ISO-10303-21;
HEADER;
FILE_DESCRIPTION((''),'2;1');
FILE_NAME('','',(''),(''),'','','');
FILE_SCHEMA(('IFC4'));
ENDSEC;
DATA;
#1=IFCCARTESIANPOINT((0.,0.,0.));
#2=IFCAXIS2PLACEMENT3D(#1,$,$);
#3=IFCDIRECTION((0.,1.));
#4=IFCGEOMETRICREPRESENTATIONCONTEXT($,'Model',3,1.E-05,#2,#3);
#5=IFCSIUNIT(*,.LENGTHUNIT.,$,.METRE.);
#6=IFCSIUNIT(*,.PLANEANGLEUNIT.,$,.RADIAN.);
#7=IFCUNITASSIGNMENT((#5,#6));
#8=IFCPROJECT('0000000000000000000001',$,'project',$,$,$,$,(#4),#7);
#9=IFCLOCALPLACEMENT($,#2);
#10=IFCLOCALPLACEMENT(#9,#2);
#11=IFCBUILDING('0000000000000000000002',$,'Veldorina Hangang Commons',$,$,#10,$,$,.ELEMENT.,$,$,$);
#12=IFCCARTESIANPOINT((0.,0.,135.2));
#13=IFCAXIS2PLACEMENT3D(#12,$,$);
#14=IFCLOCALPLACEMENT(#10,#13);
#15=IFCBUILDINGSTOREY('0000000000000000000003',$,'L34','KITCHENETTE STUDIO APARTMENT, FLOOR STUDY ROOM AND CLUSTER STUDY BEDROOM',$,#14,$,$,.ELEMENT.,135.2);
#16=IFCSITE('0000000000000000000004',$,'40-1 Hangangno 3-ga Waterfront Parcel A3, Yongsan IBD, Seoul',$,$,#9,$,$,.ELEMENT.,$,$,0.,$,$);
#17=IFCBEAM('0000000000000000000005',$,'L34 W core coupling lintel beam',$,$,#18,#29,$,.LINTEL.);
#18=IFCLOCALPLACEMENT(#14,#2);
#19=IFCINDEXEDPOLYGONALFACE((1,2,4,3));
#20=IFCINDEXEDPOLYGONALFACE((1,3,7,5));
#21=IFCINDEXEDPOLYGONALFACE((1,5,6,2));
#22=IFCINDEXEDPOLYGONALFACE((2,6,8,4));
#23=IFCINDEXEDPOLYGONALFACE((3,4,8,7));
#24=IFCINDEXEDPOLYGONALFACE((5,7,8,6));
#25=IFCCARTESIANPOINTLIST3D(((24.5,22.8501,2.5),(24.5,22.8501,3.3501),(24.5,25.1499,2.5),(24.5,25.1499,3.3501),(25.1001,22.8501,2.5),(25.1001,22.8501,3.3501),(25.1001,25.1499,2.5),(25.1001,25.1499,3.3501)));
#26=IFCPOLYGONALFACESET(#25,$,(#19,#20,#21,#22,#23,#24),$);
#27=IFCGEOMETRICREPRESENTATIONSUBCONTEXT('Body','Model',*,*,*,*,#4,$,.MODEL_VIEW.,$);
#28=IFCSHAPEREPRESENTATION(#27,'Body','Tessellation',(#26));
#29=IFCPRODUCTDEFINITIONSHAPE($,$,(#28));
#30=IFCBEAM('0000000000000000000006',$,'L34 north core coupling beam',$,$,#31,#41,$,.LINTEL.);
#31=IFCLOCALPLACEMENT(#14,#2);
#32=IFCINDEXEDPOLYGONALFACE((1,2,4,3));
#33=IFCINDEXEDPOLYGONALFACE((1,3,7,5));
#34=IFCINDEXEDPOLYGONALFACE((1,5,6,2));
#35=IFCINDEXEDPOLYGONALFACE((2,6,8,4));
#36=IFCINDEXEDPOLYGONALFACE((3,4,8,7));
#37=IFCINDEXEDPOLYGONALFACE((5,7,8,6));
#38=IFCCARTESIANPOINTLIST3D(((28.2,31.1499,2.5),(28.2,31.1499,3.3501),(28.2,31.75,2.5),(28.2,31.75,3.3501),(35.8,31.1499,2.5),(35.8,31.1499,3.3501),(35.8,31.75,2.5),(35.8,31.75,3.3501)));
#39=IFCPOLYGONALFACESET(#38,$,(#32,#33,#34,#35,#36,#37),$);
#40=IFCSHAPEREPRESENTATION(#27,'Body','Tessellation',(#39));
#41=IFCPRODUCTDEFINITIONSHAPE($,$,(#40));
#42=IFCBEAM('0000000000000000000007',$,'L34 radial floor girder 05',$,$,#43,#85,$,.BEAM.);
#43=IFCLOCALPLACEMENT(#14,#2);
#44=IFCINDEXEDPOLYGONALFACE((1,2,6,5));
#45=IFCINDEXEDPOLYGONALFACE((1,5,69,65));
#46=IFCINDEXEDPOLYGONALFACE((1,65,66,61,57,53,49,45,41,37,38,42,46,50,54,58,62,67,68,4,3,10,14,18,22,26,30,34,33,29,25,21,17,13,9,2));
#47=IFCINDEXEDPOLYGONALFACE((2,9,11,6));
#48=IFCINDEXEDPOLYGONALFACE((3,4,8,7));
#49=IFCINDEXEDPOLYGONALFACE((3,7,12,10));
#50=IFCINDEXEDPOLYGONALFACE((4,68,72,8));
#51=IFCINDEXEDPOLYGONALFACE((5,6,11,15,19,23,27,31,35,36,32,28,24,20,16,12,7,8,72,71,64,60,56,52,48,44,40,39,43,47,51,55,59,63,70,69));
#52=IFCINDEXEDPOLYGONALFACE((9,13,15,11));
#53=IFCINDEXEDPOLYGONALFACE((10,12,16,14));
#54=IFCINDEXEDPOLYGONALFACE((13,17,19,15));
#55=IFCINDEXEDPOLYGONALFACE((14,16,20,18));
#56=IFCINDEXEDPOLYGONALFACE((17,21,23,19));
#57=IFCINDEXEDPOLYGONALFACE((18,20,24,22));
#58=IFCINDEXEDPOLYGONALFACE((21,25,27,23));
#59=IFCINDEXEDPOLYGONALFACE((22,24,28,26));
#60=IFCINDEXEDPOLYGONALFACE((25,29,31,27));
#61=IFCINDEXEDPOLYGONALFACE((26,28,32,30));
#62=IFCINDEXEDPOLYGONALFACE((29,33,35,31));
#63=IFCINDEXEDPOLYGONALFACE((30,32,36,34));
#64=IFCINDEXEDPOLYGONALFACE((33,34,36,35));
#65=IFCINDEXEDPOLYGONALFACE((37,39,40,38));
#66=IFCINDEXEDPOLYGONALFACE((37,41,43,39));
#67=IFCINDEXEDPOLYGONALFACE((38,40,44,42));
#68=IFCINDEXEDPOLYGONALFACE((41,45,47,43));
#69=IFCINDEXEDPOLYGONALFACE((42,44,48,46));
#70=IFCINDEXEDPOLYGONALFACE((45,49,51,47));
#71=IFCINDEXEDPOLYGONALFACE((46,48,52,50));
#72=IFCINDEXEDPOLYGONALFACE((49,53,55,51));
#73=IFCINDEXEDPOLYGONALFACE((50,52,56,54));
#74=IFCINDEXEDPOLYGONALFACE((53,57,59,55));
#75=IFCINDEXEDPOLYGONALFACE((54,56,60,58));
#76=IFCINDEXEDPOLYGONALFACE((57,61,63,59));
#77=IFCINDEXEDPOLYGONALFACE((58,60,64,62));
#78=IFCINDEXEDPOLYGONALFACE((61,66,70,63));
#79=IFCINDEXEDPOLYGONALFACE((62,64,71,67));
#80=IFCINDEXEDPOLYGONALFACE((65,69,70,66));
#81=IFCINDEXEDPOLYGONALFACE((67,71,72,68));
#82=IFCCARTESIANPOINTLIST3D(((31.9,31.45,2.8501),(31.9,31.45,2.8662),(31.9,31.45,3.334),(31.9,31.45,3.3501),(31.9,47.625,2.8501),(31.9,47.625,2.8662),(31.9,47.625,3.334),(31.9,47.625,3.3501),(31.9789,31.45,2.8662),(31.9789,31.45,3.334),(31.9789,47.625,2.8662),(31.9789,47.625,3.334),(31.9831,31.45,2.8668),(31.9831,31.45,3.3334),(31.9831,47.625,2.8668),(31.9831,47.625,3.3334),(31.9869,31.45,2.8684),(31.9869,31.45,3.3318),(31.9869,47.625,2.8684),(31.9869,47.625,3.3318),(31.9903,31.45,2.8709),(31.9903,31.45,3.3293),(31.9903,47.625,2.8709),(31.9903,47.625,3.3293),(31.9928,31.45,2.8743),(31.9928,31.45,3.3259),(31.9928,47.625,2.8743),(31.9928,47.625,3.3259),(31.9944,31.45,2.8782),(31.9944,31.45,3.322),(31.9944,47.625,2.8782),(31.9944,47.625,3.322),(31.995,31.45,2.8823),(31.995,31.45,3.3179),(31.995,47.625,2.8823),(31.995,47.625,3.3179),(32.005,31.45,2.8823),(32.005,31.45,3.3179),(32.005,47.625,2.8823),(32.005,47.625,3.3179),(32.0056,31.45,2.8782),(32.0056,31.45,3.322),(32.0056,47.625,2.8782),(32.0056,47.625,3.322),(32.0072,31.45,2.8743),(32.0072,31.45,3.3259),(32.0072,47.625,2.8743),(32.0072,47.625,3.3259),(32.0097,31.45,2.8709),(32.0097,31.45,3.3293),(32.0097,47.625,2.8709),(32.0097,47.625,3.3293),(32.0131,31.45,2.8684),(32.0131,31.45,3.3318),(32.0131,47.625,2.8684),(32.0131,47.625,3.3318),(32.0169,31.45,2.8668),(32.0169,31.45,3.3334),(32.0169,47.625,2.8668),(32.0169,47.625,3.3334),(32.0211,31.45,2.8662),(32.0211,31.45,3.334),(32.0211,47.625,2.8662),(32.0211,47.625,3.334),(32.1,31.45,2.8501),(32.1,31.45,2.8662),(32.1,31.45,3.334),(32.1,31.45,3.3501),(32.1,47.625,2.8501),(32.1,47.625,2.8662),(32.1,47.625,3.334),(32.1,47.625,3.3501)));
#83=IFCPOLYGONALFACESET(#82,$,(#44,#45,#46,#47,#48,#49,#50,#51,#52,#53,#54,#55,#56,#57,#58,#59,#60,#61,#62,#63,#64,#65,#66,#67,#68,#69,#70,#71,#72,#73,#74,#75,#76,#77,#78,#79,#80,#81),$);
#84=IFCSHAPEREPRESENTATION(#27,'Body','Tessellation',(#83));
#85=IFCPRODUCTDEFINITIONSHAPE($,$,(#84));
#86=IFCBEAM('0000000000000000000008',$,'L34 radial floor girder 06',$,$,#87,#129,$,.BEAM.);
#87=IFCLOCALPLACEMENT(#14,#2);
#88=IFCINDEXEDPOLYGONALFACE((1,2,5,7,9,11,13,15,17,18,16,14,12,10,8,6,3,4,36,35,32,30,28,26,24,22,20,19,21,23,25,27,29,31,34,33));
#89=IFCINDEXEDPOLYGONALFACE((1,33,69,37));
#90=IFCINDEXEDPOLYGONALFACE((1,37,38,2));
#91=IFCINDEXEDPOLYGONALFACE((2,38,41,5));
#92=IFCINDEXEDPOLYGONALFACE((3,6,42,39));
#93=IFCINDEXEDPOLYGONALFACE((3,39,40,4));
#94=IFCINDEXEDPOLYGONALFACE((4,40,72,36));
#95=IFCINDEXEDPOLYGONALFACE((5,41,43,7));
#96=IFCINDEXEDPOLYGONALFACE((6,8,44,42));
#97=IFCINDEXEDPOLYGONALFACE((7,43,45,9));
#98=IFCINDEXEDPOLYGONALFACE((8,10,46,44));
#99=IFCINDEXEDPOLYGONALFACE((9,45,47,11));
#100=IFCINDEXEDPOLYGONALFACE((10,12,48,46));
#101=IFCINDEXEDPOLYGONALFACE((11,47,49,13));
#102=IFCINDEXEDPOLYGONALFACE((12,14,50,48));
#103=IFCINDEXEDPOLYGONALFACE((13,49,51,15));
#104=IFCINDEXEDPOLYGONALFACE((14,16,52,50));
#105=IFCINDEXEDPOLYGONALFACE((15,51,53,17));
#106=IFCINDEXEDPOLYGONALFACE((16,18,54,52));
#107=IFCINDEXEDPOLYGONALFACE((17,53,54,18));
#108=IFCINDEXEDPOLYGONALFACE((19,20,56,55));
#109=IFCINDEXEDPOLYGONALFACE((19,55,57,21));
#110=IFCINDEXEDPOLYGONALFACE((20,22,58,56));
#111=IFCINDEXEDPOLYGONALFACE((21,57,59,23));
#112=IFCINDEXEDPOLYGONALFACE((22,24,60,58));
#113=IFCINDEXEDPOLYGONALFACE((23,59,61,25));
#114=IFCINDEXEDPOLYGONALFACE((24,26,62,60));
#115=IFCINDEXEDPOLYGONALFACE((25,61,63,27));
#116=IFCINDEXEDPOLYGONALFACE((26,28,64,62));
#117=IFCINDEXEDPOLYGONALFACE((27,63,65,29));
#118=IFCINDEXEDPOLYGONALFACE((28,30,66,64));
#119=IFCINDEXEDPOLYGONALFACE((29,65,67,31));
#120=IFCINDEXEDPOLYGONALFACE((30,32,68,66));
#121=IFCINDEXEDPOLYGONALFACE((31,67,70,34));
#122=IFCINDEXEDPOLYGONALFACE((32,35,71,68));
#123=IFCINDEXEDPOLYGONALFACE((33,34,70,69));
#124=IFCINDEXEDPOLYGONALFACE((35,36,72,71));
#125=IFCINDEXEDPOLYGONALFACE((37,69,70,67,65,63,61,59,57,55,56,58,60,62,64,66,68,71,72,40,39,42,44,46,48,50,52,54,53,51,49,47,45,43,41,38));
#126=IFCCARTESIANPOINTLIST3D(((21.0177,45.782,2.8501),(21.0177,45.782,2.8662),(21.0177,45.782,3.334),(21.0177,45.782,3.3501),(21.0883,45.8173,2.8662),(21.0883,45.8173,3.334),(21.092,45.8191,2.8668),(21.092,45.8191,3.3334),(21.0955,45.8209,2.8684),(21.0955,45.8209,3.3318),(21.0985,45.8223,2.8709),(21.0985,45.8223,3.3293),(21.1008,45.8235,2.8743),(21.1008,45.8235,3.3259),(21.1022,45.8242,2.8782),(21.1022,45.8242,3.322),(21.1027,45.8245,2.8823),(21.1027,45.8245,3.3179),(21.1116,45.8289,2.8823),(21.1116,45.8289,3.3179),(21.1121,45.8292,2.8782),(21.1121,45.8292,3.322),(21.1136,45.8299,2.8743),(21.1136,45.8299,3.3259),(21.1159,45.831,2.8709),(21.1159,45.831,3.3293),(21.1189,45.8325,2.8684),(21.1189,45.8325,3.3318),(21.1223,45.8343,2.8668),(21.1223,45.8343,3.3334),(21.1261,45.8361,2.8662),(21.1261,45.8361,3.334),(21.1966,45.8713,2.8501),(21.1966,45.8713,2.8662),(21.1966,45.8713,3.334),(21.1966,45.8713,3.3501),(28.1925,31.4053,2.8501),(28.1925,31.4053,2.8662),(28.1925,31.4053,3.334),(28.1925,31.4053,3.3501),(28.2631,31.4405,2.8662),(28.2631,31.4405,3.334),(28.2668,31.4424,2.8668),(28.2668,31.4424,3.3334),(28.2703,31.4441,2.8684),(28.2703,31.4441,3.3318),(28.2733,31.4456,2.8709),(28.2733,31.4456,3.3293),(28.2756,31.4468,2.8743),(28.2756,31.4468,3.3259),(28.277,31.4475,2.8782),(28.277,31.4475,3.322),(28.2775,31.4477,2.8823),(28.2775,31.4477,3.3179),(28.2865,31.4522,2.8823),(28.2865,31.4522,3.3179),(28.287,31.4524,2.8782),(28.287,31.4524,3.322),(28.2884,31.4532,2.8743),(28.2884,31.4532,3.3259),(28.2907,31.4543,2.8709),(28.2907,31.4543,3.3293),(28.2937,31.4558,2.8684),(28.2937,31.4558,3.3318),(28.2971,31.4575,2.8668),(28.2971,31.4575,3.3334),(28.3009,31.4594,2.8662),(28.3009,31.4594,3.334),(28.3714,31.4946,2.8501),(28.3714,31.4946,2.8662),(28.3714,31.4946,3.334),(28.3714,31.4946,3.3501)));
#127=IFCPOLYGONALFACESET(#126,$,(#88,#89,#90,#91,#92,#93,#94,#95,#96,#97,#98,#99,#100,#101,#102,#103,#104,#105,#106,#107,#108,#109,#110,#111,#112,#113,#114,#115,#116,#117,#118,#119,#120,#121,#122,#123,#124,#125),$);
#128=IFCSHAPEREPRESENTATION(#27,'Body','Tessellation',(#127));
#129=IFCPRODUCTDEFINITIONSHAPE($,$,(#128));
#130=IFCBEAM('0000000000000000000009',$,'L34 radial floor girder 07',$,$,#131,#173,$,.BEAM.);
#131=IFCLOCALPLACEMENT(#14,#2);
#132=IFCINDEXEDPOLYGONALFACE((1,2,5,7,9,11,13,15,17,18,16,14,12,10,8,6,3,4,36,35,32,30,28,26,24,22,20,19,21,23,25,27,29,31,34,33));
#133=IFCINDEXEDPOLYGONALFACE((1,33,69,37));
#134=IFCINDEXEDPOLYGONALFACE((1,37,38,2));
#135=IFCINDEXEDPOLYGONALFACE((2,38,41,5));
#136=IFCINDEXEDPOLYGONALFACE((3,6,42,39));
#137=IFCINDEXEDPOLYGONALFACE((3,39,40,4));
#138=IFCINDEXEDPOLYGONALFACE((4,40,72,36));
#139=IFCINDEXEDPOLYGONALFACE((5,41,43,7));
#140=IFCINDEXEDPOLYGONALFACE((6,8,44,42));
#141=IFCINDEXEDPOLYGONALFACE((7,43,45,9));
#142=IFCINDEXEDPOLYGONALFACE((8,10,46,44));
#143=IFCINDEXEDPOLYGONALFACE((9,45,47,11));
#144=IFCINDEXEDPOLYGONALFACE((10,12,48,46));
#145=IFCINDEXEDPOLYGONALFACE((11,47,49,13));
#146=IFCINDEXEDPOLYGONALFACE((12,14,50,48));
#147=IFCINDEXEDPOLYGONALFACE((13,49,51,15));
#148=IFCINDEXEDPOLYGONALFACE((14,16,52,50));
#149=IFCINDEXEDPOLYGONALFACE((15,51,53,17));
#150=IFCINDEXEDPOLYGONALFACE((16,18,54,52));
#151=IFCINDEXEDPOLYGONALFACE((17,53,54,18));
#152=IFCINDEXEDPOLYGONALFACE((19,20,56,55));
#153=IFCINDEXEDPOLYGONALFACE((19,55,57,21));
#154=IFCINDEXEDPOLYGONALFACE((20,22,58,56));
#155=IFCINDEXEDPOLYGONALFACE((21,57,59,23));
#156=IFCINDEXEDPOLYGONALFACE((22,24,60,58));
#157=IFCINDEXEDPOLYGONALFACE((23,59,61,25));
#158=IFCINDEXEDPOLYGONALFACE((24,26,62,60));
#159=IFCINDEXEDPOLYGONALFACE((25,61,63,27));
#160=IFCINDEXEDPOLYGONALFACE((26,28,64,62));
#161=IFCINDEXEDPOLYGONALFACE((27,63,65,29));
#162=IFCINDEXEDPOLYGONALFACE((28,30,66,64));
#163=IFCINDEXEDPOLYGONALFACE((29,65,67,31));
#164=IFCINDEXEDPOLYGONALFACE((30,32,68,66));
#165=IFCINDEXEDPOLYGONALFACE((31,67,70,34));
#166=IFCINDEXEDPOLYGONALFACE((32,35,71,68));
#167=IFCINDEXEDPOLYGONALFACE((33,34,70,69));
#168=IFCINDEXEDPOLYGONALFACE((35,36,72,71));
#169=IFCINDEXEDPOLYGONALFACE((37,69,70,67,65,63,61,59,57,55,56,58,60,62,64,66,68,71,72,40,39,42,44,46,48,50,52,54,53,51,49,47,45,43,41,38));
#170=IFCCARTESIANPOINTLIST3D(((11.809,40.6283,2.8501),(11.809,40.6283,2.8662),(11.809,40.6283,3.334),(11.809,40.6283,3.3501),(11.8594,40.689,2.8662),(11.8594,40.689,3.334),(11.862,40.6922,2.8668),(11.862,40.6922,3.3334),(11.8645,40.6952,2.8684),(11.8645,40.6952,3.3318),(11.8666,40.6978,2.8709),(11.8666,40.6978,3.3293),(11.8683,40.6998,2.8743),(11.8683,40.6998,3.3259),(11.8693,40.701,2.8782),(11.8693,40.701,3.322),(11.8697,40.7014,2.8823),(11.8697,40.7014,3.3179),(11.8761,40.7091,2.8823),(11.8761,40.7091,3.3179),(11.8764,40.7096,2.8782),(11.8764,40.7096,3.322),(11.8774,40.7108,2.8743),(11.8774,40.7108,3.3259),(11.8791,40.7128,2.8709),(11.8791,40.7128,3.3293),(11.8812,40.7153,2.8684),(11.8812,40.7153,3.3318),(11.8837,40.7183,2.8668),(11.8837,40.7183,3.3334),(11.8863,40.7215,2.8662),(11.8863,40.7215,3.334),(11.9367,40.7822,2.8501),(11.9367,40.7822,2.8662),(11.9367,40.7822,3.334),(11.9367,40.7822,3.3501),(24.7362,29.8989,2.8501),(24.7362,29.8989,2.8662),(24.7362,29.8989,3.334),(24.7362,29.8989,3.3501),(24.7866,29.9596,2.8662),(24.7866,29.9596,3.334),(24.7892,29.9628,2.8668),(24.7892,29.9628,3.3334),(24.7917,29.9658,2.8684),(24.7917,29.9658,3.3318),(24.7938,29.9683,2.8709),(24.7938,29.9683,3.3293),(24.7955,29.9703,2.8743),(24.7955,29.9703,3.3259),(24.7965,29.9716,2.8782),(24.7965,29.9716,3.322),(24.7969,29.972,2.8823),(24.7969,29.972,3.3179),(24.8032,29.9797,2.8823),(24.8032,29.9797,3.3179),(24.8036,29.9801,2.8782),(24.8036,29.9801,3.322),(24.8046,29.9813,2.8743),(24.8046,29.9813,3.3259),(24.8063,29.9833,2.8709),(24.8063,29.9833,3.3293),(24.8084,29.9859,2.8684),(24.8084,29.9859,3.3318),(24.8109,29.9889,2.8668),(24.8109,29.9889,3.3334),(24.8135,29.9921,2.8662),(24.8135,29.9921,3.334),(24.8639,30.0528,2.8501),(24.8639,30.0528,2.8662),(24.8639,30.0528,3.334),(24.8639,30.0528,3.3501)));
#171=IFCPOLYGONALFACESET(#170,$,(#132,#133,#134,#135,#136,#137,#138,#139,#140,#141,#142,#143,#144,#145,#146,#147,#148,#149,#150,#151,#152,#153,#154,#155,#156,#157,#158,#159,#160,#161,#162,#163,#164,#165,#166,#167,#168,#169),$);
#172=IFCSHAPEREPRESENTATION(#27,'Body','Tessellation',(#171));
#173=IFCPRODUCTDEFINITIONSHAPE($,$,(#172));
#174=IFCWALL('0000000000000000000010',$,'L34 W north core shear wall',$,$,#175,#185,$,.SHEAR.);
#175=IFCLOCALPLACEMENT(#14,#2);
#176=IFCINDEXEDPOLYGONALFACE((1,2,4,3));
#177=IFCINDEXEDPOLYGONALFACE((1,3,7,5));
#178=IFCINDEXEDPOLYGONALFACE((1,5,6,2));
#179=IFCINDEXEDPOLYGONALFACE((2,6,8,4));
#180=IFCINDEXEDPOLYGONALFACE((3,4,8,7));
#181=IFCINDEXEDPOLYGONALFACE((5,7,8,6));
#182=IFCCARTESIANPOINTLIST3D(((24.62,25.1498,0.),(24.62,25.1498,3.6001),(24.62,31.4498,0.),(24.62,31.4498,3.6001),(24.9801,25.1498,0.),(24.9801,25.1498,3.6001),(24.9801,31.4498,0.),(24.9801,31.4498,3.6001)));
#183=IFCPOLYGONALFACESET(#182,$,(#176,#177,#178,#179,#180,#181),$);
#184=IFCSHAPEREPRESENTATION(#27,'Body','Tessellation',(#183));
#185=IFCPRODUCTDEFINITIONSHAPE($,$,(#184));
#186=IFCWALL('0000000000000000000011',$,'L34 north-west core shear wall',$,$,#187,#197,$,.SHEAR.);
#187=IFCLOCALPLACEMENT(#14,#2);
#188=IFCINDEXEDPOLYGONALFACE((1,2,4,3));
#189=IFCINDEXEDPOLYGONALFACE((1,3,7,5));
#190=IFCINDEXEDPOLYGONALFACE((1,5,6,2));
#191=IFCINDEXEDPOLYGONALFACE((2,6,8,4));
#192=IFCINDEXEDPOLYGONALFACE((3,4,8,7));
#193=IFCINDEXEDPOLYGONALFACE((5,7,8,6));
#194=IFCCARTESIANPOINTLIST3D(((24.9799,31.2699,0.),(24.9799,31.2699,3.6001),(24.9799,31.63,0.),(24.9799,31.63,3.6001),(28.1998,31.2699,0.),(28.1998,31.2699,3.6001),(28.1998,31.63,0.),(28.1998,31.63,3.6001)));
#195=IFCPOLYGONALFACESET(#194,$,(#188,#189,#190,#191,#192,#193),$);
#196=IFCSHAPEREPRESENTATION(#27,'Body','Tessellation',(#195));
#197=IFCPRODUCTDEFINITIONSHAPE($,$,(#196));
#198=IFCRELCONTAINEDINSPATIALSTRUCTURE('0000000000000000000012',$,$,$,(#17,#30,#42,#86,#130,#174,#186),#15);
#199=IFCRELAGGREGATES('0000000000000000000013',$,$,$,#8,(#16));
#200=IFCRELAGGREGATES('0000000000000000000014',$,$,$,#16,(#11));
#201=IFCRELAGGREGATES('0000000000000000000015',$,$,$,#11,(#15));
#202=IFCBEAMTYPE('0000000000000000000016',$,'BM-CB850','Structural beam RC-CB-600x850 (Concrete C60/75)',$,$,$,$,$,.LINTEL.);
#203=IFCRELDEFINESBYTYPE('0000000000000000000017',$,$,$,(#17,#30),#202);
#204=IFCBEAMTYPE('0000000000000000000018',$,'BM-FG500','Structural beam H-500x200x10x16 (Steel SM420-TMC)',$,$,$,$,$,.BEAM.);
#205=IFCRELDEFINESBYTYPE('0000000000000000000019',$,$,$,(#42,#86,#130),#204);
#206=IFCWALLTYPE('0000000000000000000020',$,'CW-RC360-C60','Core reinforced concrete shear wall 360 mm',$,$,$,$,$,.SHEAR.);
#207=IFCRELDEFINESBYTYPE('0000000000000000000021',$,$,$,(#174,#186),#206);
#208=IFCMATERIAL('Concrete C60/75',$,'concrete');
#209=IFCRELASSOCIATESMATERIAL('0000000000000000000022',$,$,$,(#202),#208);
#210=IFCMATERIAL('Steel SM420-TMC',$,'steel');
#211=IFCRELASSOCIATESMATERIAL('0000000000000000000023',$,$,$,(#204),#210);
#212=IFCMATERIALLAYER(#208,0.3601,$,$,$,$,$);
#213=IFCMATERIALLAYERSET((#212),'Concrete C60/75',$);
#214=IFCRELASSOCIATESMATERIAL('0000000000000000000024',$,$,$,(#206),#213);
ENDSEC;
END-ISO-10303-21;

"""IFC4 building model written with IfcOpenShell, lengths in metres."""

from ifc_helpers import new_model, si_unit, direction, frame, frame_2d, origin, origin_2d, place, context, subcontext, project, spatial, rectangle, i_section, extrude, material, layer, layer_set, material_profile, profile_set, type_object, element, save


model = new_model("IFC4")

# Units and contexts
model_context = context("Model", 3, precision=1e-05, world=origin(), true_north=direction((0.0, 1.0)))
body_context = subcontext(model_context, "Body", "Model", "MODEL_VIEW")
ifc_project = project(units=[si_unit("LENGTHUNIT", "METRE"), si_unit("PLANEANGLEUNIT", "RADIAN")], contexts=[model_context])

# Site, building, storey
site_placement = place(None, origin())
site = spatial("IfcSite", under=ifc_project, at=site_placement, Name="40-1 Hangangno 3-ga Waterfront Parcel A3, Yongsan IBD, Seoul", CompositionType="ELEMENT", RefElevation=0.0)
building_placement = place(site_placement, origin())
building = spatial("IfcBuilding", under=site, at=building_placement, Name="Veldorina Hangang Commons", CompositionType="ELEMENT")
storey_placement = place(building_placement, frame((0.0, 0.0, 135.2)))
storey = spatial("IfcBuildingStorey", under=building, at=storey_placement, Name="L34", Description="KITCHENETTE STUDIO APARTMENT, FLOOR STUDY ROOM AND CLUSTER STUDY BEDROOM", CompositionType="ELEMENT", Elevation=135.2)

# Beams
ifc_material_1 = material(Name="Concrete C60/75", Category="concrete")
ifc_material_profile_1 = material_profile(ifc_material_1, rectangle(XDim=0.6001, YDim=0.8501, at=origin_2d()), Name="RC-CB-600x850")
ifc_profile_set_1 = profile_set([ifc_material_profile_1], Name="Concrete C60/75")
beam_type_1 = type_object("IfcBeamType", Name="BM-CB850", Description="Structural beam RC-CB-600x850 (Concrete C60/75)", PredefinedType="LINTEL", material=ifc_profile_set_1)
beam_1_placement = place(storey_placement, frame((24.8, 22.8501, 2.925), z_axis=(0.0, 1.0, 0.0), x_axis=(-1.0, 0.0, 0.0)))
element("IfcBeam", 1, at=beam_1_placement, inside=storey, type_object=beam_type_1, Name="L34 W core coupling lintel beam", PredefinedType="LINTEL", context=body_context, shape_type="SweptSolid", body=[
    extrude(rectangle(XDim=0.6001, YDim=0.8501, at=origin_2d()), origin(), (0.0, 0.0, 1.0), 2.2998),
])
beam_2_placement = place(storey_placement, frame((28.2, 31.45, 2.925), z_axis=(1.0, 0.0, 0.0), x_axis=(0.0, 1.0, 0.0)))
element("IfcBeam", 2, at=beam_2_placement, inside=storey, type_object=beam_type_1, Name="L34 north core coupling beam", PredefinedType="LINTEL", context=body_context, shape_type="SweptSolid", body=[
    extrude(rectangle(XDim=0.6001, YDim=0.8501, at=origin_2d()), origin(), (0.0, 0.0, 1.0), 7.6001),
])
ifc_material_2 = material(Name="Steel SM420-TMC", Category="steel")
ifc_material_profile_2 = material_profile(ifc_material_2, i_section(OverallWidth=0.2, OverallDepth=0.5, WebThickness=0.01, FlangeThickness=0.0161, FilletRadius=0.0161, at=origin_2d()), Name="H-500x200x10x16")
ifc_profile_set_2 = profile_set([ifc_material_profile_2], Name="Steel SM420-TMC")
beam_type_2 = type_object("IfcBeamType", Name="BM-FG500", Description="Structural beam H-500x200x10x16 (Steel SM420-TMC)", PredefinedType="BEAM", material=ifc_profile_set_2)
beam_3_placement = place(storey_placement, frame((32.0, 31.45, 3.1001), z_axis=(0.0, 1.0, 0.0), x_axis=(-1.0, 0.0, 0.0)))
element("IfcBeam", 3, at=beam_3_placement, inside=storey, type_object=beam_type_2, Name="L34 radial floor girder 05", PredefinedType="BEAM", context=body_context, shape_type="SweptSolid", body=[
    extrude(i_section(OverallWidth=0.2, OverallDepth=0.5, WebThickness=0.01, FlangeThickness=0.0161, FilletRadius=0.0161, at=origin_2d()), origin(), (0.0, 0.0, 1.0), 16.175),
])
beam_4_placement = place(storey_placement, frame((28.282, 31.45, 3.1001), z_axis=(-0.446539, 0.894764, 0.0), x_axis=(-0.894764, -0.446539, 0.0)))
element("IfcBeam", 4, at=beam_4_placement, inside=storey, type_object=beam_type_2, Name="L34 radial floor girder 06", PredefinedType="BEAM", context=body_context, shape_type="SweptSolid", body=[
    extrude(i_section(OverallWidth=0.2, OverallDepth=0.5, WebThickness=0.01, FlangeThickness=0.0161, FilletRadius=0.0161, at=origin_2d()), origin(), (0.0, 0.0, 1.0), 16.0676),
])
beam_5_placement = place(storey_placement, frame((24.8, 29.9758, 3.1001), z_axis=(-0.769485, 0.638665, 0.0), x_axis=(-0.638665, -0.769485, 0.0)))
element("IfcBeam", 5, at=beam_5_placement, inside=storey, type_object=beam_type_2, Name="L34 radial floor girder 07", PredefinedType="BEAM", context=body_context, shape_type="SweptSolid", body=[
    extrude(i_section(OverallWidth=0.2, OverallDepth=0.5, WebThickness=0.01, FlangeThickness=0.0161, FilletRadius=0.0161, at=origin_2d()), origin(), (0.0, 0.0, 1.0), 16.7998),
])

# Walls
ifc_layer_1 = layer(ifc_material_1, 0.3601)
ifc_layer_set_1 = layer_set([ifc_layer_1], Name="Concrete C60/75")
wall_type_1 = type_object("IfcWallType", Name="CW-RC360-C60", Description="Core reinforced concrete shear wall 360 mm", PredefinedType="SHEAR", material=ifc_layer_set_1)
wall_1_placement = place(storey_placement, frame((24.8, 25.1499, 0.0), z_axis=(0.0, 0.0, 1.0), x_axis=(0.0, 1.0, 0.0)))
element("IfcWall", 6, at=wall_1_placement, inside=storey, type_object=wall_type_1, Name="L34 W north core shear wall", PredefinedType="SHEAR", context=body_context, shape_type="SweptSolid", body=[
    extrude(rectangle(XDim=6.3, YDim=0.3601, at=frame_2d((3.1499, 0.0))), origin(), (0.0, 0.0, 1.0), 3.6001),
])
wall_2_placement = place(storey_placement, frame((24.98, 31.45, 0.0), z_axis=(0.0, 0.0, 1.0), x_axis=(1.0, 0.0, 0.0)))
element("IfcWall", 7, at=wall_2_placement, inside=storey, type_object=wall_type_1, Name="L34 north-west core shear wall", PredefinedType="SHEAR", context=body_context, shape_type="SweptSolid", body=[
    extrude(rectangle(XDim=3.22, YDim=0.3601, at=frame_2d((1.6099, 0.0))), origin(), (0.0, 0.0, 1.0), 3.6001),
])

save(model, "model.ifc")
